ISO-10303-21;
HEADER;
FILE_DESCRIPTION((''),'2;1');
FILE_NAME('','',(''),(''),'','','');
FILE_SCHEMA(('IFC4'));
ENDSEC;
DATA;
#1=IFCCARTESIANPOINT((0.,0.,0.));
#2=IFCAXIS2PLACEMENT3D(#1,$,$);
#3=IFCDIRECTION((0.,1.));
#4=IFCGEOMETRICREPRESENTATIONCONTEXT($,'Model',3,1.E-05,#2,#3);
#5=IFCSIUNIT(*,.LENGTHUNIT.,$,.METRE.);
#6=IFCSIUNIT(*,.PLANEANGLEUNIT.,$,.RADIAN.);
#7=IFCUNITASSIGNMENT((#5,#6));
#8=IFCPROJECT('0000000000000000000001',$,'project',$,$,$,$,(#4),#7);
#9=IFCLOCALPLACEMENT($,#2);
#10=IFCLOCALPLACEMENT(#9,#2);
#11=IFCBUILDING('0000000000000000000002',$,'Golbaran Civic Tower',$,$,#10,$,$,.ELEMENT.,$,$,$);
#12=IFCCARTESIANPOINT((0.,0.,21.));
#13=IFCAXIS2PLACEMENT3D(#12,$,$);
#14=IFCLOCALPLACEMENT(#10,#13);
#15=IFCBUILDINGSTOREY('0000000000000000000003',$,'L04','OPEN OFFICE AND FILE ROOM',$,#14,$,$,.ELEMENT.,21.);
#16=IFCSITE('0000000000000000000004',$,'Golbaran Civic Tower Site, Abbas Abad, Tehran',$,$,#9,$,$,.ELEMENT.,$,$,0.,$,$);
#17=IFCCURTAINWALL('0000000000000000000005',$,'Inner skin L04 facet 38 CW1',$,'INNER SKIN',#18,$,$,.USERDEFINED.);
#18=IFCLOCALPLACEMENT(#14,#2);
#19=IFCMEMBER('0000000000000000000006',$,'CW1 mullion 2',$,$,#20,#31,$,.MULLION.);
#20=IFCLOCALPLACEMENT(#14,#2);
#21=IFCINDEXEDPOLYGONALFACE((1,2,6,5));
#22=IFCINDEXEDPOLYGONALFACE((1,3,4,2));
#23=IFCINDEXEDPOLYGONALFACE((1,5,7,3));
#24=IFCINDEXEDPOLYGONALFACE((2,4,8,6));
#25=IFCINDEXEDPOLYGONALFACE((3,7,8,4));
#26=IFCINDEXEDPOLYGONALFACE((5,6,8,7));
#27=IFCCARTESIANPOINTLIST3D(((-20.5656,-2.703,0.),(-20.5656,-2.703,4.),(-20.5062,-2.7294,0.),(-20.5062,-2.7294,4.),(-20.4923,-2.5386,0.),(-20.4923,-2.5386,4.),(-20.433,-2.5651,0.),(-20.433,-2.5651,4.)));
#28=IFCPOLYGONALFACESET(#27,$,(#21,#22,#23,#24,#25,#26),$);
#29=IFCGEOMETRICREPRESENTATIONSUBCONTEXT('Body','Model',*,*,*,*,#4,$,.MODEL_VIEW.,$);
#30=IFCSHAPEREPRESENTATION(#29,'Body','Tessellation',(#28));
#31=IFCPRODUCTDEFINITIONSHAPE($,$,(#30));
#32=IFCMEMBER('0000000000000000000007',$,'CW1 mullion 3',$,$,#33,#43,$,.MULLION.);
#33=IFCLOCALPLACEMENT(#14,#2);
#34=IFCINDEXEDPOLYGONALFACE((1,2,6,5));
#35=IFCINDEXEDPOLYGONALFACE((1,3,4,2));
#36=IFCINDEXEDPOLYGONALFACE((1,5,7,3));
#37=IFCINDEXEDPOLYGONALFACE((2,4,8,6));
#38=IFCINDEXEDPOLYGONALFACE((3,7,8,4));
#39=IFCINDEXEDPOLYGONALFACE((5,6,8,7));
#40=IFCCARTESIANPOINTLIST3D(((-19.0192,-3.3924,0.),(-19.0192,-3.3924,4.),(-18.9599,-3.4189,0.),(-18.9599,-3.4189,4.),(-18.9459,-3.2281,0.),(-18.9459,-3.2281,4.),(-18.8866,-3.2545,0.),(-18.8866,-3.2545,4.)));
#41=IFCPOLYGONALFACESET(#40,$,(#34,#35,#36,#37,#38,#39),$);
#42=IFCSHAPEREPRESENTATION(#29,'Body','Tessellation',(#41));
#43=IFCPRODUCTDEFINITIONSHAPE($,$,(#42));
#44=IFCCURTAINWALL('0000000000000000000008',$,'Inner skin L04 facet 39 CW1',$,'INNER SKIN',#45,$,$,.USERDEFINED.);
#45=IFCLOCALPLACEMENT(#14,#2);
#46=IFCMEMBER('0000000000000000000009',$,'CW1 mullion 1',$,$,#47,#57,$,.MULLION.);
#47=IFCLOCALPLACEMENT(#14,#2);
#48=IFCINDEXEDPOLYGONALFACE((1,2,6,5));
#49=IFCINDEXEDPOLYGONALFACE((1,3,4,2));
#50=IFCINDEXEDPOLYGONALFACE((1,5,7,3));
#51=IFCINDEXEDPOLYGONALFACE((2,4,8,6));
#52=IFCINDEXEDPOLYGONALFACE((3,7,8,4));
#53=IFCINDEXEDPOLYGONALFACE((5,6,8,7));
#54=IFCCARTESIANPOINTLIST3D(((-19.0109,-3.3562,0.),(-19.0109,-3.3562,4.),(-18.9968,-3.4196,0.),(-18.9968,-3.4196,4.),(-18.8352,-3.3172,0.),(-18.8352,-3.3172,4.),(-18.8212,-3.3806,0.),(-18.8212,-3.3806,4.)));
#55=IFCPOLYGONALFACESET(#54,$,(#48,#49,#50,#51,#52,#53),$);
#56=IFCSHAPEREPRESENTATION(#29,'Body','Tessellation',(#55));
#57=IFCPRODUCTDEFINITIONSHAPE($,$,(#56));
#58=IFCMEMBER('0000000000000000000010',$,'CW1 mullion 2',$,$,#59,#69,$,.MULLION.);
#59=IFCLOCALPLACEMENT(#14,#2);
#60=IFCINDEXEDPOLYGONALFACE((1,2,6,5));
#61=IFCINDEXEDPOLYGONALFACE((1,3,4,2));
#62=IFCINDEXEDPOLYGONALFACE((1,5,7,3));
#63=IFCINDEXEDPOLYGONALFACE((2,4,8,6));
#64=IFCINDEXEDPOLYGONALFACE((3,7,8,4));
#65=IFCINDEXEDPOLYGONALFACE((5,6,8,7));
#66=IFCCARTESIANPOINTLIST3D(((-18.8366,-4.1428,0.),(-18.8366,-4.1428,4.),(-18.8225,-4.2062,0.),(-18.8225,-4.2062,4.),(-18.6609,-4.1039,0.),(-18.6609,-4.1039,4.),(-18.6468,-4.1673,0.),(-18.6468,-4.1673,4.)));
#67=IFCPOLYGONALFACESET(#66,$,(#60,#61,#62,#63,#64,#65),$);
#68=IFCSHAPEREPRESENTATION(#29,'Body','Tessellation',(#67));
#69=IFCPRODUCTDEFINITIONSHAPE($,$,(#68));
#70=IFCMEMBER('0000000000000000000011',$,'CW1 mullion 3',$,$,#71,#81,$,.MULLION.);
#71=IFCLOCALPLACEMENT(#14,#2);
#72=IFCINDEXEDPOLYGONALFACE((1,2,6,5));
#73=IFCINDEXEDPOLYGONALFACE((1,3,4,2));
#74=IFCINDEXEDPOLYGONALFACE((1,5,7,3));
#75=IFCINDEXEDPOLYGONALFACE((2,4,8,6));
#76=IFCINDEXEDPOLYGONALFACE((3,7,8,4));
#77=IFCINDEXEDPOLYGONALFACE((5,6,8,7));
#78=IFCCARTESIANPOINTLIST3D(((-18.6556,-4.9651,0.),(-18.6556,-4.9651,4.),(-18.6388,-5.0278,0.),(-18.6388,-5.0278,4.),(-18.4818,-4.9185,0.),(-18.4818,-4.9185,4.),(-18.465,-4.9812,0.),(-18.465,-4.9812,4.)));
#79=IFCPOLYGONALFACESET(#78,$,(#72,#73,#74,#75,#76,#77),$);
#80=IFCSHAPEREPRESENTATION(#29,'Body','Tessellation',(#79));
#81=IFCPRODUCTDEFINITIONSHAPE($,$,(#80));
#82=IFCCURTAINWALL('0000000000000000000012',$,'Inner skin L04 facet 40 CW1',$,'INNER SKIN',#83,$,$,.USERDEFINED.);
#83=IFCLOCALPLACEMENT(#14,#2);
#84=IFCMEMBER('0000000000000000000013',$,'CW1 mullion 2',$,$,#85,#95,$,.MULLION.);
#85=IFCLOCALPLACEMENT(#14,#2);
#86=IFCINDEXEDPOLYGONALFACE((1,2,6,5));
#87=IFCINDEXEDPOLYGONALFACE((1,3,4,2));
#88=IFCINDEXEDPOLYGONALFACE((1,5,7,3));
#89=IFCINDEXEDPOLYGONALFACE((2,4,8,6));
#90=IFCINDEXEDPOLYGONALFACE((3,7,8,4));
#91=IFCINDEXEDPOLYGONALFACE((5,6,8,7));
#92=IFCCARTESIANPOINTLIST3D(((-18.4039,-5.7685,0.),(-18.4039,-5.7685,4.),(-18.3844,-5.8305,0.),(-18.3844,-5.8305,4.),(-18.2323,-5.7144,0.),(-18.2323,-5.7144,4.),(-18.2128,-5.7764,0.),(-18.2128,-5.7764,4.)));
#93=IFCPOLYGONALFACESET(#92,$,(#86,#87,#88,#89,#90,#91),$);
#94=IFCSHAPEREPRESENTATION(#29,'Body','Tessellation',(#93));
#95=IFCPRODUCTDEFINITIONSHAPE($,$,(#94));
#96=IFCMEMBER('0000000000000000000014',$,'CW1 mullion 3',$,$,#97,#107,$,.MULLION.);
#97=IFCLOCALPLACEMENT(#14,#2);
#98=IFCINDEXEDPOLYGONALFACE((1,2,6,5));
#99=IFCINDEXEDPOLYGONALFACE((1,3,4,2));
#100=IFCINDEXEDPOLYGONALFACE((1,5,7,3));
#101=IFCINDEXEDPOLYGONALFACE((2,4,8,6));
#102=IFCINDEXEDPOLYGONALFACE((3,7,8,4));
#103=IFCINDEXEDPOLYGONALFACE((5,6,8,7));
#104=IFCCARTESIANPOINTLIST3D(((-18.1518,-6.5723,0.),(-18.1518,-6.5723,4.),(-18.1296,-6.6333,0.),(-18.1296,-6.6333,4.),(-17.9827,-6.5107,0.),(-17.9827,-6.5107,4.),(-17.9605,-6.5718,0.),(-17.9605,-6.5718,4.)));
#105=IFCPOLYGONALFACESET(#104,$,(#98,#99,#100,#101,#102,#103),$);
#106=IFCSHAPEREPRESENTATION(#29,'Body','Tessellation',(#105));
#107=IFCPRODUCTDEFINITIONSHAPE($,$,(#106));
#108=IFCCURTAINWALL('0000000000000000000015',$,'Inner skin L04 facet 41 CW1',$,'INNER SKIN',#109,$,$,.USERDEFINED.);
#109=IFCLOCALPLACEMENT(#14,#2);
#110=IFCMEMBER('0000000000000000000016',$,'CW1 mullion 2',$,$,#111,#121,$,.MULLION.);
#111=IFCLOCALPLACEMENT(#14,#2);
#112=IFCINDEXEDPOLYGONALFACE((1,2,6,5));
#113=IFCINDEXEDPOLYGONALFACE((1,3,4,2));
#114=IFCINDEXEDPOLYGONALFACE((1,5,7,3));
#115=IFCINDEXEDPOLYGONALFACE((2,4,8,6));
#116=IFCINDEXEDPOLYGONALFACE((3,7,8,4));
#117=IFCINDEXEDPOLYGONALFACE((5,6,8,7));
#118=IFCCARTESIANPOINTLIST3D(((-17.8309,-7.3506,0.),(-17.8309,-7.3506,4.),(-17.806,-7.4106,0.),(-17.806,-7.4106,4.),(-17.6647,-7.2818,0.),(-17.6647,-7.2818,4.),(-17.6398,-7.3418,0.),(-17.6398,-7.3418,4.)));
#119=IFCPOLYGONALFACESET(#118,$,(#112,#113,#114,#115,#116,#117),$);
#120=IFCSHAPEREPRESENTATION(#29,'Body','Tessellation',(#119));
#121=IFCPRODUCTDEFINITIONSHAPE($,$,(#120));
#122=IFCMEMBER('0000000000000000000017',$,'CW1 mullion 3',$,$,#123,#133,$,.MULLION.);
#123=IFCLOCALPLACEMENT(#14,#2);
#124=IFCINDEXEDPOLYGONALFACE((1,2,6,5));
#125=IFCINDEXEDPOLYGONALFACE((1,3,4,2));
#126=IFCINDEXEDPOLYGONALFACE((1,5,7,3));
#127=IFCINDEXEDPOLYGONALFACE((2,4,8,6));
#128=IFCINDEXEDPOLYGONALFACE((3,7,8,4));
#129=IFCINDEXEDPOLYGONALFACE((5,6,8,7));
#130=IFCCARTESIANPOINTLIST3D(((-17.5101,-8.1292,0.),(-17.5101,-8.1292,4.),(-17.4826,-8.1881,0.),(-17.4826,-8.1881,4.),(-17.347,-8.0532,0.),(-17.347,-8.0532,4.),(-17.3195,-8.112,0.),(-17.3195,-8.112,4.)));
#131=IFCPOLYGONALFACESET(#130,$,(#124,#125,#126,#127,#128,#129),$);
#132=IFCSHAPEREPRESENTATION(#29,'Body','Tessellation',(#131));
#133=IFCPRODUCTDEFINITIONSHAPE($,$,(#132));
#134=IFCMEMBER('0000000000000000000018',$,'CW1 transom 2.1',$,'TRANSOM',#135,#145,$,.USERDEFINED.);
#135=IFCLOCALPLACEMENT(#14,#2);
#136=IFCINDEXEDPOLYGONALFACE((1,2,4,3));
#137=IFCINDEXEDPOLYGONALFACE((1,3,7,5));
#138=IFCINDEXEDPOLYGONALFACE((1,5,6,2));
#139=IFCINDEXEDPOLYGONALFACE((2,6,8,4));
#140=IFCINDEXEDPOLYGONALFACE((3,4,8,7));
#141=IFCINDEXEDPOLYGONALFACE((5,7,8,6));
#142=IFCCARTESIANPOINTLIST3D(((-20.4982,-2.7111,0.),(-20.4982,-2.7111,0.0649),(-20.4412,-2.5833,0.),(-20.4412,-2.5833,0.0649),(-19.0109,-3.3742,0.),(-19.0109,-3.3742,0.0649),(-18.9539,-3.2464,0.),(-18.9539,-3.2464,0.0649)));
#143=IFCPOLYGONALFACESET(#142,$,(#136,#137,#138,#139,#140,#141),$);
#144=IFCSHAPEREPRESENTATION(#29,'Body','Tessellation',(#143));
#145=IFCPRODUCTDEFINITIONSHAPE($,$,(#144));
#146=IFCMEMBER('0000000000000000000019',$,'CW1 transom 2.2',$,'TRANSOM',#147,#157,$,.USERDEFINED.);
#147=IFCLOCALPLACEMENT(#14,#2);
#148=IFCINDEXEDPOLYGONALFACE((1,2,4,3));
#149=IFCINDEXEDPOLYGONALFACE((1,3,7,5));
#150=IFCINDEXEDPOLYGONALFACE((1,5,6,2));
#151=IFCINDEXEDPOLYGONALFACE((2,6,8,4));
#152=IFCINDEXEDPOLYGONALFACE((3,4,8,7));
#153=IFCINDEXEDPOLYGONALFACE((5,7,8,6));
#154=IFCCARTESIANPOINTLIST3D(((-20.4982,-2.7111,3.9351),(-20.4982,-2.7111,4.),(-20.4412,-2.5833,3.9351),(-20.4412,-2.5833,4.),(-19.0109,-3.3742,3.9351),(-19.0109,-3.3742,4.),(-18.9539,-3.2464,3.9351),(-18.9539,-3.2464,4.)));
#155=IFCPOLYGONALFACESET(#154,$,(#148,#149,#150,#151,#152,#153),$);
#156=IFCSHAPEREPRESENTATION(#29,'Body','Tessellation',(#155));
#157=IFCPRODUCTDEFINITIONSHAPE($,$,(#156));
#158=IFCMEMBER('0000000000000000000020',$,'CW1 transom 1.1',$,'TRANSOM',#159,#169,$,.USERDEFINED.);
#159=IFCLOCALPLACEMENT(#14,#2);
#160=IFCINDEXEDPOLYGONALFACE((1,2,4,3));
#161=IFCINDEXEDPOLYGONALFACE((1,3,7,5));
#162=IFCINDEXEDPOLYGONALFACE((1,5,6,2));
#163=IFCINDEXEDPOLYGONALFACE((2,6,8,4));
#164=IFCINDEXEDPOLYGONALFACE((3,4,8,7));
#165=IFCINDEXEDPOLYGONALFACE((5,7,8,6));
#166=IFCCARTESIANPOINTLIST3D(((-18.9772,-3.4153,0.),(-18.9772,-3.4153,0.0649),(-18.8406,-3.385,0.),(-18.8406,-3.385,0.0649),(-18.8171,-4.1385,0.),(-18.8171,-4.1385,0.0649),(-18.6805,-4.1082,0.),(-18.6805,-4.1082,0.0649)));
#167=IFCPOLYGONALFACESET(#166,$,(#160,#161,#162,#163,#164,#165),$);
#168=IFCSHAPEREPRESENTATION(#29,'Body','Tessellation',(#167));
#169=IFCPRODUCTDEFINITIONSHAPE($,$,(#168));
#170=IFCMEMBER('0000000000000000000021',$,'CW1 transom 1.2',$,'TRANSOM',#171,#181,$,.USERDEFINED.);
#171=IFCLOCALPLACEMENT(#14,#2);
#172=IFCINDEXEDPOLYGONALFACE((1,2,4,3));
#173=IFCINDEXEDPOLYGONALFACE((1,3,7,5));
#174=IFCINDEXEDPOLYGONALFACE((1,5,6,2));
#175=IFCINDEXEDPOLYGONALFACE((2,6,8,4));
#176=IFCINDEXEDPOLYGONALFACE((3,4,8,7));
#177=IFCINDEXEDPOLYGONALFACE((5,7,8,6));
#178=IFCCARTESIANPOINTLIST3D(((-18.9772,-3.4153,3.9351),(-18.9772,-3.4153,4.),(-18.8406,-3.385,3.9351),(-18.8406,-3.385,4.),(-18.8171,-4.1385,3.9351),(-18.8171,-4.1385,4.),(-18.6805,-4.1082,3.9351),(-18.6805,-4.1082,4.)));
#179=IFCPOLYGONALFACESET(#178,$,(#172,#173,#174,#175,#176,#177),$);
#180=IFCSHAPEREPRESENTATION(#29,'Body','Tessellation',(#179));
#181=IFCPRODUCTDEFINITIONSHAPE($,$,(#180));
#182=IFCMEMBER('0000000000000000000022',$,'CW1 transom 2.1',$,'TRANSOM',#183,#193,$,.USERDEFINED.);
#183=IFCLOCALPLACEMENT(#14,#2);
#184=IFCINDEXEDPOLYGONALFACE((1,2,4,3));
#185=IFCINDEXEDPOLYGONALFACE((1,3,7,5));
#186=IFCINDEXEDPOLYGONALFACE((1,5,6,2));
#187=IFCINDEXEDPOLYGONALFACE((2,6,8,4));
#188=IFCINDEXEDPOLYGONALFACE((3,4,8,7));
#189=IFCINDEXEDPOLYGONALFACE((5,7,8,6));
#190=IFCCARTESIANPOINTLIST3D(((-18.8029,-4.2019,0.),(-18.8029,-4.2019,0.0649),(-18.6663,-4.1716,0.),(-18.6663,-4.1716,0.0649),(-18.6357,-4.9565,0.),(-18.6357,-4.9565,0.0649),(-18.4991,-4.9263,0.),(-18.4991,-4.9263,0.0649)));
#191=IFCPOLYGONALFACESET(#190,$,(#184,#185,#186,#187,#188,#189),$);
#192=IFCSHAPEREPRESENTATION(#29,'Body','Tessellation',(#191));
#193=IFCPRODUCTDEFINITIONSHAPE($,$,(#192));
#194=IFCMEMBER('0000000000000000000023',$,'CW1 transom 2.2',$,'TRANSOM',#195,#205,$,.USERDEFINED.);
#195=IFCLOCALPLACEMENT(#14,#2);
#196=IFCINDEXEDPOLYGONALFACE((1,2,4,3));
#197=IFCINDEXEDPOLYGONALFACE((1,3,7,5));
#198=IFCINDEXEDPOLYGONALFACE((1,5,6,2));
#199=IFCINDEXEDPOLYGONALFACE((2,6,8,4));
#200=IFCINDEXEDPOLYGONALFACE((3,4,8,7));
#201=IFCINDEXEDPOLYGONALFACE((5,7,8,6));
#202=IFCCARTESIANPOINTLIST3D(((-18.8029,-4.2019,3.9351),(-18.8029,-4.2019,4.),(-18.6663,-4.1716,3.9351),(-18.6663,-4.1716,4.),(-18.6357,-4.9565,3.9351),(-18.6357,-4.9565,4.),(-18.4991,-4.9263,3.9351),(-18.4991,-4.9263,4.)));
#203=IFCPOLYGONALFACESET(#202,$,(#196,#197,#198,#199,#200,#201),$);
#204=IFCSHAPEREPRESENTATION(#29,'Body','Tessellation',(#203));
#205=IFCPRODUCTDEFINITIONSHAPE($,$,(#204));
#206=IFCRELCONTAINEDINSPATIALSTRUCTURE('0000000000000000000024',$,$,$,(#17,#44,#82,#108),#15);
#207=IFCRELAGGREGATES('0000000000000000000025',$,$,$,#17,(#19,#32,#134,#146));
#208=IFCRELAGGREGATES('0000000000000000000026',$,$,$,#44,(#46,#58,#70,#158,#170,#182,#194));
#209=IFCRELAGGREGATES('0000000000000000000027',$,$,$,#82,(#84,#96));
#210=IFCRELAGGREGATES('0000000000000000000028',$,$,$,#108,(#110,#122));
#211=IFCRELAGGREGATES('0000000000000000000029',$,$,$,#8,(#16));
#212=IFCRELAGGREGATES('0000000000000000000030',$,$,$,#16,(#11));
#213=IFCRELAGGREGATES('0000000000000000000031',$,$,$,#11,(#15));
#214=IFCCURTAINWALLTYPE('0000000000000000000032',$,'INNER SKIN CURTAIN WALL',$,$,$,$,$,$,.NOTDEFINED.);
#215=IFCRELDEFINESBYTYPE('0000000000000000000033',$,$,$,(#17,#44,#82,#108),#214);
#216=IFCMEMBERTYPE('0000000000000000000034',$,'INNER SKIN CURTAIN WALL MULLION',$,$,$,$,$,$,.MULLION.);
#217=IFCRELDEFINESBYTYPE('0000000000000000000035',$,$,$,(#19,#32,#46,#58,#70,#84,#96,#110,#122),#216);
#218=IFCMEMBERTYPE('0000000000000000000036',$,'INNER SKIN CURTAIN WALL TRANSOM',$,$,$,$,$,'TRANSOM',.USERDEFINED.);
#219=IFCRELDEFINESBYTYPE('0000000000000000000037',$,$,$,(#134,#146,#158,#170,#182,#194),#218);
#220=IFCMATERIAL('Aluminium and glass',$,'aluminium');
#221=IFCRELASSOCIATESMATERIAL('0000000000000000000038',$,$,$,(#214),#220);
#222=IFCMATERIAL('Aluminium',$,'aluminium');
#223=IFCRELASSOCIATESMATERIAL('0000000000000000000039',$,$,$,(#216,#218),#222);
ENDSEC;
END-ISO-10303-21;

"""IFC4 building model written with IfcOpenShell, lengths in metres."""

from ifc_helpers import new_model, si_unit, direction, frame, origin, origin_2d, place, context, subcontext, project, spatial, rectangle, extrude, material, material_profile, profile_set, type_object, element, aggregate, save


model = new_model("IFC4")

# Units and contexts
model_context = context("Model", 3, precision=1e-05, world=origin(), true_north=direction((0.0, 1.0)))
body_context = subcontext(model_context, "Body", "Model", "MODEL_VIEW")
ifc_project = project(units=[si_unit("LENGTHUNIT", "METRE"), si_unit("PLANEANGLEUNIT", "RADIAN")], contexts=[model_context])

# Site, building, storey
site_placement = place(None, origin())
site = spatial("IfcSite", under=ifc_project, at=site_placement, Name="Golbaran Civic Tower Site, Abbas Abad, Tehran", CompositionType="ELEMENT", RefElevation=0.0)
building_placement = place(site_placement, origin())
building = spatial("IfcBuilding", under=site, at=building_placement, Name="Golbaran Civic Tower", CompositionType="ELEMENT")
storey_placement = place(building_placement, frame((0.0, 0.0, 21.0)))
storey = spatial("IfcBuildingStorey", under=building, at=storey_placement, Name="L04", Description="OPEN OFFICE AND FILE ROOM", CompositionType="ELEMENT", Elevation=21.0)

# Curtain walls, members
ifc_material_1 = material(Name="Aluminium and glass", Category="aluminium")
curtain_wall_type_1 = type_object("IfcCurtainWallType", Name="INNER SKIN CURTAIN WALL", PredefinedType="NOTDEFINED", material=ifc_material_1)
curtain_wall_1_placement = place(storey_placement, origin())
curtain_wall_1 = element("IfcCurtainWall", 1, at=curtain_wall_1_placement, inside=storey, type_object=curtain_wall_type_1, Name="Inner skin L04 facet 38 CW1", ObjectType="INNER SKIN", PredefinedType="USERDEFINED")
ifc_material_2 = material(Name="Aluminium", Category="aluminium")
ifc_material_profile_1 = material_profile(ifc_material_2, rectangle(XDim=0.1799, YDim=0.0649, at=origin_2d()), Name="INNER SKIN CURTAIN WALL MULLION")
ifc_profile_set_1 = profile_set([ifc_material_profile_1], Name="Aluminium")
member_type_1 = type_object("IfcMemberType", Name="INNER SKIN CURTAIN WALL MULLION", PredefinedType="MULLION", material=ifc_profile_set_1)
member_1_placement = place(storey_placement, frame((-20.4993, -2.634, 0.0), z_axis=(0.0, 0.0, 1.0), x_axis=(0.407136, 0.913367, 0.0)))
member_1 = element("IfcMember", 2, at=member_1_placement, type_object=member_type_1, Name="CW1 mullion 2", PredefinedType="MULLION", context=body_context, shape_type="SweptSolid", body=[
    extrude(rectangle(XDim=0.1799, YDim=0.0649, at=origin_2d()), origin(), (0.0, 0.0, 1.0), 4.0),
])
member_2_placement = place(storey_placement, frame((-18.9529, -3.3235, 0.0), z_axis=(0.0, 0.0, 1.0), x_axis=(0.407136, 0.913367, 0.0)))
member_2 = element("IfcMember", 3, at=member_2_placement, type_object=member_type_1, Name="CW1 mullion 3", PredefinedType="MULLION", context=body_context, shape_type="SweptSolid", body=[
    extrude(rectangle(XDim=0.1799, YDim=0.0649, at=origin_2d()), origin(), (0.0, 0.0, 1.0), 4.0),
])
curtain_wall_2_placement = place(storey_placement, origin())
curtain_wall_2 = element("IfcCurtainWall", 4, at=curtain_wall_2_placement, inside=storey, type_object=curtain_wall_type_1, Name="Inner skin L04 facet 39 CW1", ObjectType="INNER SKIN", PredefinedType="USERDEFINED")
member_3_placement = place(storey_placement, frame((-18.916, -3.3684, 0.0), z_axis=(0.0, 0.0, 1.0), x_axis=(0.976296, 0.21644, 0.0)))
member_3 = element("IfcMember", 5, at=member_3_placement, type_object=member_type_1, Name="CW1 mullion 1", PredefinedType="MULLION", context=body_context, shape_type="SweptSolid", body=[
    extrude(rectangle(XDim=0.1799, YDim=0.0649, at=origin_2d()), origin(), (0.0, 0.0, 1.0), 4.0),
])
member_4_placement = place(storey_placement, frame((-18.7417, -4.155, 0.0), z_axis=(0.0, 0.0, 1.0), x_axis=(0.976296, 0.21644, 0.0)))
member_4 = element("IfcMember", 6, at=member_4_placement, type_object=member_type_1, Name="CW1 mullion 2", PredefinedType="MULLION", context=body_context, shape_type="SweptSolid", body=[
    extrude(rectangle(XDim=0.1799, YDim=0.0649, at=origin_2d()), origin(), (0.0, 0.0, 1.0), 4.0),
])
member_5_placement = place(storey_placement, frame((-18.5603, -4.9731, 0.0), z_axis=(0.0, 0.0, 1.0), x_axis=(0.965926, 0.258819, 0.0)))
member_5 = element("IfcMember", 7, at=member_5_placement, type_object=member_type_1, Name="CW1 mullion 3", PredefinedType="MULLION", context=body_context, shape_type="SweptSolid", body=[
    extrude(rectangle(XDim=0.1799, YDim=0.0649, at=origin_2d()), origin(), (0.0, 0.0, 1.0), 4.0),
])
curtain_wall_3_placement = place(storey_placement, origin())
curtain_wall_3 = element("IfcCurtainWall", 8, at=curtain_wall_3_placement, inside=storey, type_object=curtain_wall_type_1, Name="Inner skin L04 facet 40 CW1", ObjectType="INNER SKIN", PredefinedType="USERDEFINED")
member_6_placement = place(storey_placement, frame((-18.3083, -5.7725, 0.0), z_axis=(0.0, 0.0, 1.0), x_axis=(0.953717, 0.300706, 0.0)))
member_6 = element("IfcMember", 9, at=member_6_placement, type_object=member_type_1, Name="CW1 mullion 2", PredefinedType="MULLION", context=body_context, shape_type="SweptSolid", body=[
    extrude(rectangle(XDim=0.1799, YDim=0.0649, at=origin_2d()), origin(), (0.0, 0.0, 1.0), 4.0),
])
member_7_placement = place(storey_placement, frame((-18.0562, -6.572, 0.0), z_axis=(0.0, 0.0, 1.0), x_axis=(0.939693, 0.34202, 0.0)))
member_7 = element("IfcMember", 10, at=member_7_placement, type_object=member_type_1, Name="CW1 mullion 3", PredefinedType="MULLION", context=body_context, shape_type="SweptSolid", body=[
    extrude(rectangle(XDim=0.1799, YDim=0.0649, at=origin_2d()), origin(), (0.0, 0.0, 1.0), 4.0),
])
curtain_wall_4_placement = place(storey_placement, origin())
curtain_wall_4 = element("IfcCurtainWall", 11, at=curtain_wall_4_placement, inside=storey, type_object=curtain_wall_type_1, Name="Inner skin L04 facet 41 CW1", ObjectType="INNER SKIN", PredefinedType="USERDEFINED")
member_8_placement = place(storey_placement, frame((-17.7354, -7.3462, 0.0), z_axis=(0.0, 0.0, 1.0), x_axis=(0.92388, 0.382683, 0.0)))
member_8 = element("IfcMember", 12, at=member_8_placement, type_object=member_type_1, Name="CW1 mullion 2", PredefinedType="MULLION", context=body_context, shape_type="SweptSolid", body=[
    extrude(rectangle(XDim=0.1799, YDim=0.0649, at=origin_2d()), origin(), (0.0, 0.0, 1.0), 4.0),
])
member_9_placement = place(storey_placement, frame((-17.4148, -8.1206, 0.0), z_axis=(0.0, 0.0, 1.0), x_axis=(0.906308, 0.422618, 0.0)))
member_9 = element("IfcMember", 13, at=member_9_placement, type_object=member_type_1, Name="CW1 mullion 3", PredefinedType="MULLION", context=body_context, shape_type="SweptSolid", body=[
    extrude(rectangle(XDim=0.1799, YDim=0.0649, at=origin_2d()), origin(), (0.0, 0.0, 1.0), 4.0),
])

# Members
ifc_material_profile_2 = material_profile(ifc_material_2, rectangle(XDim=0.1399, YDim=0.0649, at=origin_2d()), Name="INNER SKIN CURTAIN WALL TRANSOM")
ifc_profile_set_2 = profile_set([ifc_material_profile_2], Name="Aluminium")
member_type_2 = type_object("IfcMemberType", Name="INNER SKIN CURTAIN WALL TRANSOM", ElementType="TRANSOM", PredefinedType="USERDEFINED", material=ifc_profile_set_2)
member_10_placement = place(storey_placement, frame((-20.4697, -2.6472, 0.0325), z_axis=(0.913341, -0.407195, 0.0), x_axis=(0.407195, 0.913341, 0.0)))
member_10 = element("IfcMember", 14, at=member_10_placement, type_object=member_type_2, Name="CW1 transom 2.1", ObjectType="TRANSOM", PredefinedType="USERDEFINED", context=body_context, shape_type="SweptSolid", body=[
    extrude(rectangle(XDim=0.1399, YDim=0.0649, at=origin_2d()), origin(), (0.0, 0.0, 1.0), 1.6284),
])
member_11_placement = place(storey_placement, frame((-20.4697, -2.6472, 3.9675), z_axis=(0.913341, -0.407195, 0.0), x_axis=(0.407195, 0.913341, 0.0)))
member_11 = element("IfcMember", 15, at=member_11_placement, type_object=member_type_2, Name="CW1 transom 2.2", ObjectType="TRANSOM", PredefinedType="USERDEFINED", context=body_context, shape_type="SweptSolid", body=[
    extrude(rectangle(XDim=0.1399, YDim=0.0649, at=origin_2d()), origin(), (0.0, 0.0, 1.0), 1.6284),
])
member_12_placement = place(storey_placement, frame((-18.9089, -3.4001, 0.0325), z_axis=(0.216232, -0.976342, 0.0), x_axis=(0.976342, 0.216232, 0.0)))
member_12 = element("IfcMember", 16, at=member_12_placement, type_object=member_type_2, Name="CW1 transom 1.1", ObjectType="TRANSOM", PredefinedType="USERDEFINED", context=body_context, shape_type="SweptSolid", body=[
    extrude(rectangle(XDim=0.1399, YDim=0.0649, at=origin_2d()), origin(), (0.0, 0.0, 1.0), 0.7407),
])
member_13_placement = place(storey_placement, frame((-18.9089, -3.4001, 3.9675), z_axis=(0.216232, -0.976342, 0.0), x_axis=(0.976342, 0.216232, 0.0)))
member_13 = element("IfcMember", 17, at=member_13_placement, type_object=member_type_2, Name="CW1 transom 1.2", ObjectType="TRANSOM", PredefinedType="USERDEFINED", context=body_context, shape_type="SweptSolid", body=[
    extrude(rectangle(XDim=0.1399, YDim=0.0649, at=origin_2d()), origin(), (0.0, 0.0, 1.0), 0.7407),
])
member_14_placement = place(storey_placement, frame((-18.7346, -4.1868, 0.0325), z_axis=(0.216362, -0.976313, 0.0), x_axis=(0.976313, 0.216362, 0.0)))
member_14 = element("IfcMember", 18, at=member_14_placement, type_object=member_type_2, Name="CW1 transom 2.1", ObjectType="TRANSOM", PredefinedType="USERDEFINED", context=body_context, shape_type="SweptSolid", body=[
    extrude(rectangle(XDim=0.1399, YDim=0.0649, at=origin_2d()), origin(), (0.0, 0.0, 1.0), 0.7729),
])
member_15_placement = place(storey_placement, frame((-18.7346, -4.1868, 3.9675), z_axis=(0.216362, -0.976313, 0.0), x_axis=(0.976313, 0.216362, 0.0)))
member_15 = element("IfcMember", 19, at=member_15_placement, type_object=member_type_2, Name="CW1 transom 2.2", ObjectType="TRANSOM", PredefinedType="USERDEFINED", context=body_context, shape_type="SweptSolid", body=[
    extrude(rectangle(XDim=0.1399, YDim=0.0649, at=origin_2d()), origin(), (0.0, 0.0, 1.0), 0.7729),
])

aggregate(curtain_wall_1, [member_1, member_2, member_10, member_11])
aggregate(curtain_wall_2, [member_3, member_4, member_5, member_12, member_13, member_14, member_15])
aggregate(curtain_wall_3, [member_6, member_7])
aggregate(curtain_wall_4, [member_8, member_9])

save(model, "model.ifc")
